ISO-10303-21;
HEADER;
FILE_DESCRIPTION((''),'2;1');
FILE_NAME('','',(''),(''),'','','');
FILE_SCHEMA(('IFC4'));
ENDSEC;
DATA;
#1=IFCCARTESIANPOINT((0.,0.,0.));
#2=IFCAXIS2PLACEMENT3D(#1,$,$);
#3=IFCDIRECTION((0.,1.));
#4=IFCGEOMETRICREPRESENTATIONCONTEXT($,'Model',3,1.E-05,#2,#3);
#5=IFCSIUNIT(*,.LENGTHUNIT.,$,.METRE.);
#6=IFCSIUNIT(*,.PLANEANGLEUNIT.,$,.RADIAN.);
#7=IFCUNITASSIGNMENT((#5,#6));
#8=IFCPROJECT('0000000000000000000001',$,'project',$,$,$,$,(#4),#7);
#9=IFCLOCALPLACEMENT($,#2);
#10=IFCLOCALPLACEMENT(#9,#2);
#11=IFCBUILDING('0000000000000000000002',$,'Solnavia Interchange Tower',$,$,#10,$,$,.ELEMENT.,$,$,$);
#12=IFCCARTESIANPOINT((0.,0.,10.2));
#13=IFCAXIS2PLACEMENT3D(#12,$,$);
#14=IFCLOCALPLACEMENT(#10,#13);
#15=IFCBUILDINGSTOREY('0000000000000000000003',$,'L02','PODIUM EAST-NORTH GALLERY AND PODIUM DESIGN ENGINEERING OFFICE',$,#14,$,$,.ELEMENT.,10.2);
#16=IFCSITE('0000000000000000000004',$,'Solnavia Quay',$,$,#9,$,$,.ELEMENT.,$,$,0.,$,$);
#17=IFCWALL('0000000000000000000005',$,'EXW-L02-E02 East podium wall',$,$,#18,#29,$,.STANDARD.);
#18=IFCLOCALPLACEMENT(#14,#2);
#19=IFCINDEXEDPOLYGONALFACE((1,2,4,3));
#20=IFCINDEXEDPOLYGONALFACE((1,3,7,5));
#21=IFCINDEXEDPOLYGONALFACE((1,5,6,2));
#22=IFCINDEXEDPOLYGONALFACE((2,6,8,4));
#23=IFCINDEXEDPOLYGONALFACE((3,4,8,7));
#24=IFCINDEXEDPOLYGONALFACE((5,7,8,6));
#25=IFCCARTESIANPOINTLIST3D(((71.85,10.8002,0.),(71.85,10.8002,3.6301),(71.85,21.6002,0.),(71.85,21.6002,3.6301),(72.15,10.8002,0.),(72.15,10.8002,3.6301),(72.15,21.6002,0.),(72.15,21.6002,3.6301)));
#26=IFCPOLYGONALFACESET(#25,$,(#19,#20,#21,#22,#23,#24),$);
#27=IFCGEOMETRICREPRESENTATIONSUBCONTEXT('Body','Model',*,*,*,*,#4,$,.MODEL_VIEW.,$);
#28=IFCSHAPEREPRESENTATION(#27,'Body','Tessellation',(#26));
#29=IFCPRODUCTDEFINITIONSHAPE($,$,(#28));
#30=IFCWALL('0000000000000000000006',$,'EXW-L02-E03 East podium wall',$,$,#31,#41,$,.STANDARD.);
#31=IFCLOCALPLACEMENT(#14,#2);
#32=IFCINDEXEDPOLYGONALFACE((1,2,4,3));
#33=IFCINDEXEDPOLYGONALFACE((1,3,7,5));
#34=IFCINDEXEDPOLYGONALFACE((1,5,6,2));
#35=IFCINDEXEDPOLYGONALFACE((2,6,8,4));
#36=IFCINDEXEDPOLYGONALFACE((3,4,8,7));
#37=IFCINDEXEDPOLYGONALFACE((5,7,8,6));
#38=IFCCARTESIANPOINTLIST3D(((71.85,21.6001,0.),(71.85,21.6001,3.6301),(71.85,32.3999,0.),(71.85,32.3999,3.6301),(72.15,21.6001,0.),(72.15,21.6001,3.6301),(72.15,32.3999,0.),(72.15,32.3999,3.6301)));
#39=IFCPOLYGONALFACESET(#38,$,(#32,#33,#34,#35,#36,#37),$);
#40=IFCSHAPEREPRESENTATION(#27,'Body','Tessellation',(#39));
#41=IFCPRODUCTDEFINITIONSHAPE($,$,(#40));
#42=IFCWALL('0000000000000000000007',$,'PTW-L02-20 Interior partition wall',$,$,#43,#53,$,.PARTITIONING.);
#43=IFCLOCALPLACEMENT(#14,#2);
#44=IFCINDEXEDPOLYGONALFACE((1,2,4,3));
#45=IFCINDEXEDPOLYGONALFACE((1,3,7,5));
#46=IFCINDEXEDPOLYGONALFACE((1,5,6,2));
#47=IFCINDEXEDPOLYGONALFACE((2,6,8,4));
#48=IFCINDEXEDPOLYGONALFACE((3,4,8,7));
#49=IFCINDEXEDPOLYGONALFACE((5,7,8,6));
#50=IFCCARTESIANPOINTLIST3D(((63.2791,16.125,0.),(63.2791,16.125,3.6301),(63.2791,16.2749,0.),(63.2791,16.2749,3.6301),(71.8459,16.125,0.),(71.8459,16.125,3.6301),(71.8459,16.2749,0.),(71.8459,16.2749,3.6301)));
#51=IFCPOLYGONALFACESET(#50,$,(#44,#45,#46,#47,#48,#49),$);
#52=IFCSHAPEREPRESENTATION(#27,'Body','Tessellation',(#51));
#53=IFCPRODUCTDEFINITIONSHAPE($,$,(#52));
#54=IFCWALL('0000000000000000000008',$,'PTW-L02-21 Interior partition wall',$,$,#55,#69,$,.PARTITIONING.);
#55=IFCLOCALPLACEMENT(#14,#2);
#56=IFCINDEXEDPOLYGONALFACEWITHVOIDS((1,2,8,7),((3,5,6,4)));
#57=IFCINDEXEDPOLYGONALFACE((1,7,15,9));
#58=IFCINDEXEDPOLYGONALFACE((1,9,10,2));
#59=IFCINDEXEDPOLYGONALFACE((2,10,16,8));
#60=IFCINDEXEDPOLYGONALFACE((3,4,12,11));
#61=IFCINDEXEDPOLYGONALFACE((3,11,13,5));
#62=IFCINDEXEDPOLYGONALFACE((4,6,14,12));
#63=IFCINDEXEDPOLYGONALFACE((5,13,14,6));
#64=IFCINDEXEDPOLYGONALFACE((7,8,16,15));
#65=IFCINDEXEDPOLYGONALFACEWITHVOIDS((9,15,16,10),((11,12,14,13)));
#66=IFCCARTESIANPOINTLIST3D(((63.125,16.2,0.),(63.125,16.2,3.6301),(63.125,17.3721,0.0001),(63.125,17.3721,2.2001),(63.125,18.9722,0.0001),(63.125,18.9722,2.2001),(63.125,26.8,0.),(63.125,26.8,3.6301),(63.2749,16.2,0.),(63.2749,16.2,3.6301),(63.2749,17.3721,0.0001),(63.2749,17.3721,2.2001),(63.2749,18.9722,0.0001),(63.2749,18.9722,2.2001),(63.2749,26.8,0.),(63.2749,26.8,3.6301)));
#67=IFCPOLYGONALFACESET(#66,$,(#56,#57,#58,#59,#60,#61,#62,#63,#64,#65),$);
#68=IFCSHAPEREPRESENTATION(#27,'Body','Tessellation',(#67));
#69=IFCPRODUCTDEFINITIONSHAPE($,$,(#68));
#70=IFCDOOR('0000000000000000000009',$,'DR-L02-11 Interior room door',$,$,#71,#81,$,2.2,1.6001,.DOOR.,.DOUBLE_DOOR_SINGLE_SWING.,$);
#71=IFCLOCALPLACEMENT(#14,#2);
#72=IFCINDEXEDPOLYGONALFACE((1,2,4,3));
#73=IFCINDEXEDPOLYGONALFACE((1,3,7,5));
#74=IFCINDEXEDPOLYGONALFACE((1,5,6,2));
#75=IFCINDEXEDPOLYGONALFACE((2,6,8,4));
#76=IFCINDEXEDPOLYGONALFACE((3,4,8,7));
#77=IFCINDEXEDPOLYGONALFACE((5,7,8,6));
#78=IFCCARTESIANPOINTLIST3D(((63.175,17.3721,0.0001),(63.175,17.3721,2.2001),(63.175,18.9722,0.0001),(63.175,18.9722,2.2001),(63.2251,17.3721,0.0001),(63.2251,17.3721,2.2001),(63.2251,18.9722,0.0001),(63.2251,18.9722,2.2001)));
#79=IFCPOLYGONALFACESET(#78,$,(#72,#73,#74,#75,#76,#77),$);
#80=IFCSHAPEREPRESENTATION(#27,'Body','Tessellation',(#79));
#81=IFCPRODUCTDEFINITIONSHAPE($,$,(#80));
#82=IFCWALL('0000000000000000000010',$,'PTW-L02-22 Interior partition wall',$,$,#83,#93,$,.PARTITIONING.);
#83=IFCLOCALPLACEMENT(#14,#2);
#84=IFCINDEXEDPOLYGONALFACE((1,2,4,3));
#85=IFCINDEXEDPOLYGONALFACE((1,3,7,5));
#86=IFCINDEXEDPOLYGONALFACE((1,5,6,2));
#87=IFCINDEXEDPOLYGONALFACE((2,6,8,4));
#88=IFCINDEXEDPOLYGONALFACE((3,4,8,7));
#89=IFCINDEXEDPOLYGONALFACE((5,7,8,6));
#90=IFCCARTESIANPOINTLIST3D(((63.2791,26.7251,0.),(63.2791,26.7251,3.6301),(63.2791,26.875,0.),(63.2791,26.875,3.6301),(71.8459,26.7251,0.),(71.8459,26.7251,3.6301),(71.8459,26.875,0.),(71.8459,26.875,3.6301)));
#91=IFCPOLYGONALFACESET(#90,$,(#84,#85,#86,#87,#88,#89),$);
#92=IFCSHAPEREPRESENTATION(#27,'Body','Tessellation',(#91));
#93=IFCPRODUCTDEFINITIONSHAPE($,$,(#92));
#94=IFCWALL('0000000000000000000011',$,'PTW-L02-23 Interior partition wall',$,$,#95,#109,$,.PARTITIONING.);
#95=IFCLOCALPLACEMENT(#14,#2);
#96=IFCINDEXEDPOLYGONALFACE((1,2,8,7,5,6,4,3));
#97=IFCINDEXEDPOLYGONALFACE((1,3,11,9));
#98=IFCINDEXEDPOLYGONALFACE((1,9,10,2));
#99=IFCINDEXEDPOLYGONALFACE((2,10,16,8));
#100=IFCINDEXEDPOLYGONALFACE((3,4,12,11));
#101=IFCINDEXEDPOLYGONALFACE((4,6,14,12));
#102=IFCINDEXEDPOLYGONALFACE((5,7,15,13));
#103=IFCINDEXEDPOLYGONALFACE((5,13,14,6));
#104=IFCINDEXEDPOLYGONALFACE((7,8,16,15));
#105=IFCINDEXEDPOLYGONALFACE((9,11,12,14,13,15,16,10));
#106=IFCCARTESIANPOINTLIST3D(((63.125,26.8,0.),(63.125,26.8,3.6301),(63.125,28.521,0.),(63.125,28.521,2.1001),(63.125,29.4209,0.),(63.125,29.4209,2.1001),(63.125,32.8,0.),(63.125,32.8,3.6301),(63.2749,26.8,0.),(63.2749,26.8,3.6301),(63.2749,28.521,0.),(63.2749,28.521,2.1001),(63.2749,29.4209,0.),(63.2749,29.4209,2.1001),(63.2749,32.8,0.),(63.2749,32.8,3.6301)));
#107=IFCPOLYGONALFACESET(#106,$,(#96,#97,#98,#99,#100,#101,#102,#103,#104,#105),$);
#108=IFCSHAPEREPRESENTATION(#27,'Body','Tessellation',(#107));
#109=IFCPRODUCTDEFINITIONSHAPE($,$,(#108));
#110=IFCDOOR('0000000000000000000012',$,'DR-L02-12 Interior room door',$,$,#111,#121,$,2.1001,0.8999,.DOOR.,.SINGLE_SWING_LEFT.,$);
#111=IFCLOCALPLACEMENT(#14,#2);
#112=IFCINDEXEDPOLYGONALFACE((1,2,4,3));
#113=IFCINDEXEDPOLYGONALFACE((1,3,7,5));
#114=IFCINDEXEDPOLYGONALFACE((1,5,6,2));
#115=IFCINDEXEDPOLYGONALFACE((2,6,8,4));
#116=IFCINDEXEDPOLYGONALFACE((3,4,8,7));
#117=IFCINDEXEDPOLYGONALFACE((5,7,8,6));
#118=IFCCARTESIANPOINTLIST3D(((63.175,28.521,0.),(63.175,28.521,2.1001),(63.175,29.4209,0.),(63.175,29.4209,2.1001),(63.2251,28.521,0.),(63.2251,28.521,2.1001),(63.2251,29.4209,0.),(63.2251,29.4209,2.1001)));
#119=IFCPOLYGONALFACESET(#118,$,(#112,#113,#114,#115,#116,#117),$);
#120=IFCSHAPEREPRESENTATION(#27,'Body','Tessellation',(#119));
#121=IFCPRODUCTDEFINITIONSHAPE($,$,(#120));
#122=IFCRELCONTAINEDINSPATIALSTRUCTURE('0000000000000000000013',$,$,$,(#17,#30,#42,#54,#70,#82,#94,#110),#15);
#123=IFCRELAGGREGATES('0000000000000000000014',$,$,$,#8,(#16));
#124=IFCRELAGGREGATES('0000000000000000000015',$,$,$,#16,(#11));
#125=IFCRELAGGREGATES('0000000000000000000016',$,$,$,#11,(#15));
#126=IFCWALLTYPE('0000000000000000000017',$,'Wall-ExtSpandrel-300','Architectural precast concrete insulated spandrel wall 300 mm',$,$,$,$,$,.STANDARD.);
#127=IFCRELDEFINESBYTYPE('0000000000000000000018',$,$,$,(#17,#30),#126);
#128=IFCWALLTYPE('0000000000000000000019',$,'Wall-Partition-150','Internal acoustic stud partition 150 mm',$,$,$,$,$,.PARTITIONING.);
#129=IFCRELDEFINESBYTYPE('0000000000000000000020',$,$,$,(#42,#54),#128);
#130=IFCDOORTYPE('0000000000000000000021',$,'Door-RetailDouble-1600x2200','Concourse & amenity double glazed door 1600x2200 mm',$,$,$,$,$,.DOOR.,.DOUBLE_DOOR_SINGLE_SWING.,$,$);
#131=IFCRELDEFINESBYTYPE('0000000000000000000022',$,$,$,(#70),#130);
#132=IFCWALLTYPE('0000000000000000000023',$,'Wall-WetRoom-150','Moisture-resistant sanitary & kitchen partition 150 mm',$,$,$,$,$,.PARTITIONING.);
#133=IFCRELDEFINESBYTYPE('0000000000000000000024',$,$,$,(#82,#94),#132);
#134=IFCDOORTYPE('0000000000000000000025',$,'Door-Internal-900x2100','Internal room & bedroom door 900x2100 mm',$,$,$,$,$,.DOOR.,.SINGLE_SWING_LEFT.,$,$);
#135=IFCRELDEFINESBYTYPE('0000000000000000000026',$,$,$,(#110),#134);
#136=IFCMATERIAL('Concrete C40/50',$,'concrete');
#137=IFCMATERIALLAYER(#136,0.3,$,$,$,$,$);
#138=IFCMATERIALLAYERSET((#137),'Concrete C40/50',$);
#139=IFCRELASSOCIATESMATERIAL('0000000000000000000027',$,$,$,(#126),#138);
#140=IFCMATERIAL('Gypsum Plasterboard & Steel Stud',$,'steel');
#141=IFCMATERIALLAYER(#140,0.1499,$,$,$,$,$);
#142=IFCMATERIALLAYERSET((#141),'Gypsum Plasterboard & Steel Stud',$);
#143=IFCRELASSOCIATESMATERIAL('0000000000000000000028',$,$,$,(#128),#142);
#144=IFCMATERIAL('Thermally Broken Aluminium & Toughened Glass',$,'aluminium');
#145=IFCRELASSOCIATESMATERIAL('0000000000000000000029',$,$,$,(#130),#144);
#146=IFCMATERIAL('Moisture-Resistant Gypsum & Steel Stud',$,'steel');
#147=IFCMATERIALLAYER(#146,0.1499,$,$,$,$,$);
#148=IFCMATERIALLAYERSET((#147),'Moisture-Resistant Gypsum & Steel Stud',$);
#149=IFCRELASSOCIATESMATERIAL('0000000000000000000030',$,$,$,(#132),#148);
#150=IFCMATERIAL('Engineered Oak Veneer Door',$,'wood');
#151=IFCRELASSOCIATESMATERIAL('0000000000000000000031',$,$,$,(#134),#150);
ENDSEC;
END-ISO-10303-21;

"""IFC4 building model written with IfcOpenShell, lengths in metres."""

from ifc_helpers import new_model, si_unit, direction, frame, frame_2d, origin, place, context, subcontext, project, spatial, rectangle, extrude, material, layer, layer_set, type_object, element, fill, save


model = new_model("IFC4")

# Units and contexts
model_context = context("Model", 3, precision=1e-05, world=origin(), true_north=direction((0.0, 1.0)))
body_context = subcontext(model_context, "Body", "Model", "MODEL_VIEW")
ifc_project = project(units=[si_unit("LENGTHUNIT", "METRE"), si_unit("PLANEANGLEUNIT", "RADIAN")], contexts=[model_context])

# Site, building, storey
site_placement = place(None, origin())
site = spatial("IfcSite", under=ifc_project, at=site_placement, Name="Solnavia Quay", CompositionType="ELEMENT", RefElevation=0.0)
building_placement = place(site_placement, origin())
building = spatial("IfcBuilding", under=site, at=building_placement, Name="Solnavia Interchange Tower", CompositionType="ELEMENT")
storey_placement = place(building_placement, frame((0.0, 0.0, 10.2)))
storey = spatial("IfcBuildingStorey", under=building, at=storey_placement, Name="L02", Description="PODIUM EAST-NORTH GALLERY AND PODIUM DESIGN ENGINEERING OFFICE", CompositionType="ELEMENT", Elevation=10.2)

# Walls
ifc_material_1 = material(Name="Concrete C40/50", Category="concrete")
ifc_layer_1 = layer(ifc_material_1, 0.3)
ifc_layer_set_1 = layer_set([ifc_layer_1], Name="Concrete C40/50")
wall_type_1 = type_object("IfcWallType", Name="Wall-ExtSpandrel-300", Description="Architectural precast concrete insulated spandrel wall 300 mm", PredefinedType="STANDARD", material=ifc_layer_set_1)
wall_1_placement = place(storey_placement, frame((72.0, 21.6001, 0.0), z_axis=(0.0, 0.0, 1.0), x_axis=(0.0, -1.0, 0.0)))
element("IfcWall", 1, at=wall_1_placement, inside=storey, type_object=wall_type_1, Name="EXW-L02-E02 East podium wall", PredefinedType="STANDARD", context=body_context, shape_type="SweptSolid", body=[
    extrude(rectangle(XDim=10.8, YDim=0.3, at=frame_2d((5.3999, 0.0))), origin(), (0.0, 0.0, 1.0), 3.6301),
])
wall_2_placement = place(storey_placement, frame((72.0, 32.3999, 0.0), z_axis=(0.0, 0.0, 1.0), x_axis=(0.0, -1.0, 0.0)))
element("IfcWall", 2, at=wall_2_placement, inside=storey, type_object=wall_type_1, Name="EXW-L02-E03 East podium wall", PredefinedType="STANDARD", context=body_context, shape_type="SweptSolid", body=[
    extrude(rectangle(XDim=10.7998, YDim=0.3, at=frame_2d((5.3999, 0.0))), origin(), (0.0, 0.0, 1.0), 3.6301),
])
ifc_material_2 = material(Name="Gypsum Plasterboard & Steel Stud", Category="steel")
ifc_layer_2 = layer(ifc_material_2, 0.1499)
ifc_layer_set_2 = layer_set([ifc_layer_2], Name="Gypsum Plasterboard & Steel Stud")
wall_type_2 = type_object("IfcWallType", Name="Wall-Partition-150", Description="Internal acoustic stud partition 150 mm", PredefinedType="PARTITIONING", material=ifc_layer_set_2)
wall_3_placement = place(storey_placement, frame((63.2791, 16.2, 0.0), z_axis=(0.0, 0.0, 1.0), x_axis=(1.0, 0.0, 0.0)))
element("IfcWall", 3, at=wall_3_placement, inside=storey, type_object=wall_type_2, Name="PTW-L02-20 Interior partition wall", PredefinedType="PARTITIONING", context=body_context, shape_type="SweptSolid", body=[
    extrude(rectangle(XDim=8.5669, YDim=0.1499, at=frame_2d((4.2834, 0.0))), origin(), (0.0, 0.0, 1.0), 3.6301),
])

# Wall, opening, door
wall_4_placement = place(storey_placement, frame((63.2, 16.2, 0.0), z_axis=(0.0, 0.0, 1.0), x_axis=(0.0, 1.0, 0.0)))
wall_4 = element("IfcWall", 4, at=wall_4_placement, inside=storey, type_object=wall_type_2, Name="PTW-L02-21 Interior partition wall", PredefinedType="PARTITIONING", context=body_context, shape_type="SweptSolid", body=[
    extrude(rectangle(XDim=10.6001, YDim=0.1499, at=frame_2d((5.3, 0.0))), origin(), (0.0, 0.0, 1.0), 3.6301),
])
opening_1_placement = place(wall_4_placement, frame((1.1721, 0.0, 0.0)))
opening_1 = element("IfcOpeningElement", 5, at=opening_1_placement, cuts=wall_4, PredefinedType="OPENING", context=body_context, shape_type="SweptSolid", body=[
    extrude(rectangle(XDim=1.6001, YDim=2.2, at=frame_2d((0.8, 1.1001))), frame((0.0, 0.085, 0.0), z_axis=(0.0, -1.0, 0.0), x_axis=(1.0, 0.0, 0.0)), (0.0, 0.0, 1.0), 0.1699),
])
ifc_material_3 = material(Name="Thermally Broken Aluminium & Toughened Glass", Category="aluminium")
door_type_1 = type_object("IfcDoorType", Name="Door-RetailDouble-1600x2200", Description="Concourse & amenity double glazed door 1600x2200 mm", OperationType="DOUBLE_DOOR_SINGLE_SWING", PredefinedType="DOOR", material=ifc_material_3)
door_1_placement = place(opening_1_placement, origin())
door_1 = element("IfcDoor", 6, at=door_1_placement, inside=storey, type_object=door_type_1, Name="DR-L02-11 Interior room door", OperationType="DOUBLE_DOOR_SINGLE_SWING", OverallHeight=2.2, OverallWidth=1.6001, PredefinedType="DOOR", context=body_context, shape_type="SweptSolid", body=[
    extrude(rectangle(XDim=1.6001, YDim=2.2, at=frame_2d((0.8, 1.1001))), frame((0.0, 0.0249, 0.0), z_axis=(0.0, -1.0, 0.0), x_axis=(1.0, 0.0, 0.0)), (0.0, 0.0, 1.0), 0.05),
])
fill(opening_1, door_1)

# Wall
ifc_material_4 = material(Name="Moisture-Resistant Gypsum & Steel Stud", Category="steel")
ifc_layer_3 = layer(ifc_material_4, 0.1499)
ifc_layer_set_3 = layer_set([ifc_layer_3], Name="Moisture-Resistant Gypsum & Steel Stud")
wall_type_3 = type_object("IfcWallType", Name="Wall-WetRoom-150", Description="Moisture-resistant sanitary & kitchen partition 150 mm", PredefinedType="PARTITIONING", material=ifc_layer_set_3)
wall_5_placement = place(storey_placement, frame((63.2791, 26.8, 0.0), z_axis=(0.0, 0.0, 1.0), x_axis=(1.0, 0.0, 0.0)))
element("IfcWall", 7, at=wall_5_placement, inside=storey, type_object=wall_type_3, Name="PTW-L02-22 Interior partition wall", PredefinedType="PARTITIONING", context=body_context, shape_type="SweptSolid", body=[
    extrude(rectangle(XDim=8.5669, YDim=0.1499, at=frame_2d((4.2834, 0.0))), origin(), (0.0, 0.0, 1.0), 3.6301),
])

# Wall, opening, door
wall_6_placement = place(storey_placement, frame((63.2, 26.8, 0.0), z_axis=(0.0, 0.0, 1.0), x_axis=(0.0, 1.0, 0.0)))
wall_6 = element("IfcWall", 8, at=wall_6_placement, inside=storey, type_object=wall_type_3, Name="PTW-L02-23 Interior partition wall", PredefinedType="PARTITIONING", context=body_context, shape_type="SweptSolid", body=[
    extrude(rectangle(XDim=6.0, YDim=0.1499, at=frame_2d((3.0, 0.0))), origin(), (0.0, 0.0, 1.0), 3.6301),
])
opening_2_placement = place(wall_6_placement, frame((1.7209, 0.0, 0.0)))
opening_2 = element("IfcOpeningElement", 9, at=opening_2_placement, cuts=wall_6, PredefinedType="OPENING", context=body_context, shape_type="SweptSolid", body=[
    extrude(rectangle(XDim=0.8999, YDim=2.1001, at=frame_2d((0.45, 1.05))), frame((0.0, 0.085, 0.0), z_axis=(0.0, -1.0, 0.0), x_axis=(1.0, 0.0, 0.0)), (0.0, 0.0, 1.0), 0.1699),
])
ifc_material_5 = material(Name="Engineered Oak Veneer Door", Category="wood")
door_type_2 = type_object("IfcDoorType", Name="Door-Internal-900x2100", Description="Internal room & bedroom door 900x2100 mm", OperationType="SINGLE_SWING_LEFT", PredefinedType="DOOR", material=ifc_material_5)
door_2_placement = place(opening_2_placement, origin())
door_2 = element("IfcDoor", 10, at=door_2_placement, inside=storey, type_object=door_type_2, Name="DR-L02-12 Interior room door", OperationType="SINGLE_SWING_LEFT", OverallHeight=2.1001, OverallWidth=0.8999, PredefinedType="DOOR", context=body_context, shape_type="SweptSolid", body=[
    extrude(rectangle(XDim=0.8999, YDim=2.1001, at=frame_2d((0.45, 1.05))), frame((0.0, 0.0249, 0.0), z_axis=(0.0, -1.0, 0.0), x_axis=(1.0, 0.0, 0.0)), (0.0, 0.0, 1.0), 0.05),
])
fill(opening_2, door_2)

save(model, "model.ifc")
